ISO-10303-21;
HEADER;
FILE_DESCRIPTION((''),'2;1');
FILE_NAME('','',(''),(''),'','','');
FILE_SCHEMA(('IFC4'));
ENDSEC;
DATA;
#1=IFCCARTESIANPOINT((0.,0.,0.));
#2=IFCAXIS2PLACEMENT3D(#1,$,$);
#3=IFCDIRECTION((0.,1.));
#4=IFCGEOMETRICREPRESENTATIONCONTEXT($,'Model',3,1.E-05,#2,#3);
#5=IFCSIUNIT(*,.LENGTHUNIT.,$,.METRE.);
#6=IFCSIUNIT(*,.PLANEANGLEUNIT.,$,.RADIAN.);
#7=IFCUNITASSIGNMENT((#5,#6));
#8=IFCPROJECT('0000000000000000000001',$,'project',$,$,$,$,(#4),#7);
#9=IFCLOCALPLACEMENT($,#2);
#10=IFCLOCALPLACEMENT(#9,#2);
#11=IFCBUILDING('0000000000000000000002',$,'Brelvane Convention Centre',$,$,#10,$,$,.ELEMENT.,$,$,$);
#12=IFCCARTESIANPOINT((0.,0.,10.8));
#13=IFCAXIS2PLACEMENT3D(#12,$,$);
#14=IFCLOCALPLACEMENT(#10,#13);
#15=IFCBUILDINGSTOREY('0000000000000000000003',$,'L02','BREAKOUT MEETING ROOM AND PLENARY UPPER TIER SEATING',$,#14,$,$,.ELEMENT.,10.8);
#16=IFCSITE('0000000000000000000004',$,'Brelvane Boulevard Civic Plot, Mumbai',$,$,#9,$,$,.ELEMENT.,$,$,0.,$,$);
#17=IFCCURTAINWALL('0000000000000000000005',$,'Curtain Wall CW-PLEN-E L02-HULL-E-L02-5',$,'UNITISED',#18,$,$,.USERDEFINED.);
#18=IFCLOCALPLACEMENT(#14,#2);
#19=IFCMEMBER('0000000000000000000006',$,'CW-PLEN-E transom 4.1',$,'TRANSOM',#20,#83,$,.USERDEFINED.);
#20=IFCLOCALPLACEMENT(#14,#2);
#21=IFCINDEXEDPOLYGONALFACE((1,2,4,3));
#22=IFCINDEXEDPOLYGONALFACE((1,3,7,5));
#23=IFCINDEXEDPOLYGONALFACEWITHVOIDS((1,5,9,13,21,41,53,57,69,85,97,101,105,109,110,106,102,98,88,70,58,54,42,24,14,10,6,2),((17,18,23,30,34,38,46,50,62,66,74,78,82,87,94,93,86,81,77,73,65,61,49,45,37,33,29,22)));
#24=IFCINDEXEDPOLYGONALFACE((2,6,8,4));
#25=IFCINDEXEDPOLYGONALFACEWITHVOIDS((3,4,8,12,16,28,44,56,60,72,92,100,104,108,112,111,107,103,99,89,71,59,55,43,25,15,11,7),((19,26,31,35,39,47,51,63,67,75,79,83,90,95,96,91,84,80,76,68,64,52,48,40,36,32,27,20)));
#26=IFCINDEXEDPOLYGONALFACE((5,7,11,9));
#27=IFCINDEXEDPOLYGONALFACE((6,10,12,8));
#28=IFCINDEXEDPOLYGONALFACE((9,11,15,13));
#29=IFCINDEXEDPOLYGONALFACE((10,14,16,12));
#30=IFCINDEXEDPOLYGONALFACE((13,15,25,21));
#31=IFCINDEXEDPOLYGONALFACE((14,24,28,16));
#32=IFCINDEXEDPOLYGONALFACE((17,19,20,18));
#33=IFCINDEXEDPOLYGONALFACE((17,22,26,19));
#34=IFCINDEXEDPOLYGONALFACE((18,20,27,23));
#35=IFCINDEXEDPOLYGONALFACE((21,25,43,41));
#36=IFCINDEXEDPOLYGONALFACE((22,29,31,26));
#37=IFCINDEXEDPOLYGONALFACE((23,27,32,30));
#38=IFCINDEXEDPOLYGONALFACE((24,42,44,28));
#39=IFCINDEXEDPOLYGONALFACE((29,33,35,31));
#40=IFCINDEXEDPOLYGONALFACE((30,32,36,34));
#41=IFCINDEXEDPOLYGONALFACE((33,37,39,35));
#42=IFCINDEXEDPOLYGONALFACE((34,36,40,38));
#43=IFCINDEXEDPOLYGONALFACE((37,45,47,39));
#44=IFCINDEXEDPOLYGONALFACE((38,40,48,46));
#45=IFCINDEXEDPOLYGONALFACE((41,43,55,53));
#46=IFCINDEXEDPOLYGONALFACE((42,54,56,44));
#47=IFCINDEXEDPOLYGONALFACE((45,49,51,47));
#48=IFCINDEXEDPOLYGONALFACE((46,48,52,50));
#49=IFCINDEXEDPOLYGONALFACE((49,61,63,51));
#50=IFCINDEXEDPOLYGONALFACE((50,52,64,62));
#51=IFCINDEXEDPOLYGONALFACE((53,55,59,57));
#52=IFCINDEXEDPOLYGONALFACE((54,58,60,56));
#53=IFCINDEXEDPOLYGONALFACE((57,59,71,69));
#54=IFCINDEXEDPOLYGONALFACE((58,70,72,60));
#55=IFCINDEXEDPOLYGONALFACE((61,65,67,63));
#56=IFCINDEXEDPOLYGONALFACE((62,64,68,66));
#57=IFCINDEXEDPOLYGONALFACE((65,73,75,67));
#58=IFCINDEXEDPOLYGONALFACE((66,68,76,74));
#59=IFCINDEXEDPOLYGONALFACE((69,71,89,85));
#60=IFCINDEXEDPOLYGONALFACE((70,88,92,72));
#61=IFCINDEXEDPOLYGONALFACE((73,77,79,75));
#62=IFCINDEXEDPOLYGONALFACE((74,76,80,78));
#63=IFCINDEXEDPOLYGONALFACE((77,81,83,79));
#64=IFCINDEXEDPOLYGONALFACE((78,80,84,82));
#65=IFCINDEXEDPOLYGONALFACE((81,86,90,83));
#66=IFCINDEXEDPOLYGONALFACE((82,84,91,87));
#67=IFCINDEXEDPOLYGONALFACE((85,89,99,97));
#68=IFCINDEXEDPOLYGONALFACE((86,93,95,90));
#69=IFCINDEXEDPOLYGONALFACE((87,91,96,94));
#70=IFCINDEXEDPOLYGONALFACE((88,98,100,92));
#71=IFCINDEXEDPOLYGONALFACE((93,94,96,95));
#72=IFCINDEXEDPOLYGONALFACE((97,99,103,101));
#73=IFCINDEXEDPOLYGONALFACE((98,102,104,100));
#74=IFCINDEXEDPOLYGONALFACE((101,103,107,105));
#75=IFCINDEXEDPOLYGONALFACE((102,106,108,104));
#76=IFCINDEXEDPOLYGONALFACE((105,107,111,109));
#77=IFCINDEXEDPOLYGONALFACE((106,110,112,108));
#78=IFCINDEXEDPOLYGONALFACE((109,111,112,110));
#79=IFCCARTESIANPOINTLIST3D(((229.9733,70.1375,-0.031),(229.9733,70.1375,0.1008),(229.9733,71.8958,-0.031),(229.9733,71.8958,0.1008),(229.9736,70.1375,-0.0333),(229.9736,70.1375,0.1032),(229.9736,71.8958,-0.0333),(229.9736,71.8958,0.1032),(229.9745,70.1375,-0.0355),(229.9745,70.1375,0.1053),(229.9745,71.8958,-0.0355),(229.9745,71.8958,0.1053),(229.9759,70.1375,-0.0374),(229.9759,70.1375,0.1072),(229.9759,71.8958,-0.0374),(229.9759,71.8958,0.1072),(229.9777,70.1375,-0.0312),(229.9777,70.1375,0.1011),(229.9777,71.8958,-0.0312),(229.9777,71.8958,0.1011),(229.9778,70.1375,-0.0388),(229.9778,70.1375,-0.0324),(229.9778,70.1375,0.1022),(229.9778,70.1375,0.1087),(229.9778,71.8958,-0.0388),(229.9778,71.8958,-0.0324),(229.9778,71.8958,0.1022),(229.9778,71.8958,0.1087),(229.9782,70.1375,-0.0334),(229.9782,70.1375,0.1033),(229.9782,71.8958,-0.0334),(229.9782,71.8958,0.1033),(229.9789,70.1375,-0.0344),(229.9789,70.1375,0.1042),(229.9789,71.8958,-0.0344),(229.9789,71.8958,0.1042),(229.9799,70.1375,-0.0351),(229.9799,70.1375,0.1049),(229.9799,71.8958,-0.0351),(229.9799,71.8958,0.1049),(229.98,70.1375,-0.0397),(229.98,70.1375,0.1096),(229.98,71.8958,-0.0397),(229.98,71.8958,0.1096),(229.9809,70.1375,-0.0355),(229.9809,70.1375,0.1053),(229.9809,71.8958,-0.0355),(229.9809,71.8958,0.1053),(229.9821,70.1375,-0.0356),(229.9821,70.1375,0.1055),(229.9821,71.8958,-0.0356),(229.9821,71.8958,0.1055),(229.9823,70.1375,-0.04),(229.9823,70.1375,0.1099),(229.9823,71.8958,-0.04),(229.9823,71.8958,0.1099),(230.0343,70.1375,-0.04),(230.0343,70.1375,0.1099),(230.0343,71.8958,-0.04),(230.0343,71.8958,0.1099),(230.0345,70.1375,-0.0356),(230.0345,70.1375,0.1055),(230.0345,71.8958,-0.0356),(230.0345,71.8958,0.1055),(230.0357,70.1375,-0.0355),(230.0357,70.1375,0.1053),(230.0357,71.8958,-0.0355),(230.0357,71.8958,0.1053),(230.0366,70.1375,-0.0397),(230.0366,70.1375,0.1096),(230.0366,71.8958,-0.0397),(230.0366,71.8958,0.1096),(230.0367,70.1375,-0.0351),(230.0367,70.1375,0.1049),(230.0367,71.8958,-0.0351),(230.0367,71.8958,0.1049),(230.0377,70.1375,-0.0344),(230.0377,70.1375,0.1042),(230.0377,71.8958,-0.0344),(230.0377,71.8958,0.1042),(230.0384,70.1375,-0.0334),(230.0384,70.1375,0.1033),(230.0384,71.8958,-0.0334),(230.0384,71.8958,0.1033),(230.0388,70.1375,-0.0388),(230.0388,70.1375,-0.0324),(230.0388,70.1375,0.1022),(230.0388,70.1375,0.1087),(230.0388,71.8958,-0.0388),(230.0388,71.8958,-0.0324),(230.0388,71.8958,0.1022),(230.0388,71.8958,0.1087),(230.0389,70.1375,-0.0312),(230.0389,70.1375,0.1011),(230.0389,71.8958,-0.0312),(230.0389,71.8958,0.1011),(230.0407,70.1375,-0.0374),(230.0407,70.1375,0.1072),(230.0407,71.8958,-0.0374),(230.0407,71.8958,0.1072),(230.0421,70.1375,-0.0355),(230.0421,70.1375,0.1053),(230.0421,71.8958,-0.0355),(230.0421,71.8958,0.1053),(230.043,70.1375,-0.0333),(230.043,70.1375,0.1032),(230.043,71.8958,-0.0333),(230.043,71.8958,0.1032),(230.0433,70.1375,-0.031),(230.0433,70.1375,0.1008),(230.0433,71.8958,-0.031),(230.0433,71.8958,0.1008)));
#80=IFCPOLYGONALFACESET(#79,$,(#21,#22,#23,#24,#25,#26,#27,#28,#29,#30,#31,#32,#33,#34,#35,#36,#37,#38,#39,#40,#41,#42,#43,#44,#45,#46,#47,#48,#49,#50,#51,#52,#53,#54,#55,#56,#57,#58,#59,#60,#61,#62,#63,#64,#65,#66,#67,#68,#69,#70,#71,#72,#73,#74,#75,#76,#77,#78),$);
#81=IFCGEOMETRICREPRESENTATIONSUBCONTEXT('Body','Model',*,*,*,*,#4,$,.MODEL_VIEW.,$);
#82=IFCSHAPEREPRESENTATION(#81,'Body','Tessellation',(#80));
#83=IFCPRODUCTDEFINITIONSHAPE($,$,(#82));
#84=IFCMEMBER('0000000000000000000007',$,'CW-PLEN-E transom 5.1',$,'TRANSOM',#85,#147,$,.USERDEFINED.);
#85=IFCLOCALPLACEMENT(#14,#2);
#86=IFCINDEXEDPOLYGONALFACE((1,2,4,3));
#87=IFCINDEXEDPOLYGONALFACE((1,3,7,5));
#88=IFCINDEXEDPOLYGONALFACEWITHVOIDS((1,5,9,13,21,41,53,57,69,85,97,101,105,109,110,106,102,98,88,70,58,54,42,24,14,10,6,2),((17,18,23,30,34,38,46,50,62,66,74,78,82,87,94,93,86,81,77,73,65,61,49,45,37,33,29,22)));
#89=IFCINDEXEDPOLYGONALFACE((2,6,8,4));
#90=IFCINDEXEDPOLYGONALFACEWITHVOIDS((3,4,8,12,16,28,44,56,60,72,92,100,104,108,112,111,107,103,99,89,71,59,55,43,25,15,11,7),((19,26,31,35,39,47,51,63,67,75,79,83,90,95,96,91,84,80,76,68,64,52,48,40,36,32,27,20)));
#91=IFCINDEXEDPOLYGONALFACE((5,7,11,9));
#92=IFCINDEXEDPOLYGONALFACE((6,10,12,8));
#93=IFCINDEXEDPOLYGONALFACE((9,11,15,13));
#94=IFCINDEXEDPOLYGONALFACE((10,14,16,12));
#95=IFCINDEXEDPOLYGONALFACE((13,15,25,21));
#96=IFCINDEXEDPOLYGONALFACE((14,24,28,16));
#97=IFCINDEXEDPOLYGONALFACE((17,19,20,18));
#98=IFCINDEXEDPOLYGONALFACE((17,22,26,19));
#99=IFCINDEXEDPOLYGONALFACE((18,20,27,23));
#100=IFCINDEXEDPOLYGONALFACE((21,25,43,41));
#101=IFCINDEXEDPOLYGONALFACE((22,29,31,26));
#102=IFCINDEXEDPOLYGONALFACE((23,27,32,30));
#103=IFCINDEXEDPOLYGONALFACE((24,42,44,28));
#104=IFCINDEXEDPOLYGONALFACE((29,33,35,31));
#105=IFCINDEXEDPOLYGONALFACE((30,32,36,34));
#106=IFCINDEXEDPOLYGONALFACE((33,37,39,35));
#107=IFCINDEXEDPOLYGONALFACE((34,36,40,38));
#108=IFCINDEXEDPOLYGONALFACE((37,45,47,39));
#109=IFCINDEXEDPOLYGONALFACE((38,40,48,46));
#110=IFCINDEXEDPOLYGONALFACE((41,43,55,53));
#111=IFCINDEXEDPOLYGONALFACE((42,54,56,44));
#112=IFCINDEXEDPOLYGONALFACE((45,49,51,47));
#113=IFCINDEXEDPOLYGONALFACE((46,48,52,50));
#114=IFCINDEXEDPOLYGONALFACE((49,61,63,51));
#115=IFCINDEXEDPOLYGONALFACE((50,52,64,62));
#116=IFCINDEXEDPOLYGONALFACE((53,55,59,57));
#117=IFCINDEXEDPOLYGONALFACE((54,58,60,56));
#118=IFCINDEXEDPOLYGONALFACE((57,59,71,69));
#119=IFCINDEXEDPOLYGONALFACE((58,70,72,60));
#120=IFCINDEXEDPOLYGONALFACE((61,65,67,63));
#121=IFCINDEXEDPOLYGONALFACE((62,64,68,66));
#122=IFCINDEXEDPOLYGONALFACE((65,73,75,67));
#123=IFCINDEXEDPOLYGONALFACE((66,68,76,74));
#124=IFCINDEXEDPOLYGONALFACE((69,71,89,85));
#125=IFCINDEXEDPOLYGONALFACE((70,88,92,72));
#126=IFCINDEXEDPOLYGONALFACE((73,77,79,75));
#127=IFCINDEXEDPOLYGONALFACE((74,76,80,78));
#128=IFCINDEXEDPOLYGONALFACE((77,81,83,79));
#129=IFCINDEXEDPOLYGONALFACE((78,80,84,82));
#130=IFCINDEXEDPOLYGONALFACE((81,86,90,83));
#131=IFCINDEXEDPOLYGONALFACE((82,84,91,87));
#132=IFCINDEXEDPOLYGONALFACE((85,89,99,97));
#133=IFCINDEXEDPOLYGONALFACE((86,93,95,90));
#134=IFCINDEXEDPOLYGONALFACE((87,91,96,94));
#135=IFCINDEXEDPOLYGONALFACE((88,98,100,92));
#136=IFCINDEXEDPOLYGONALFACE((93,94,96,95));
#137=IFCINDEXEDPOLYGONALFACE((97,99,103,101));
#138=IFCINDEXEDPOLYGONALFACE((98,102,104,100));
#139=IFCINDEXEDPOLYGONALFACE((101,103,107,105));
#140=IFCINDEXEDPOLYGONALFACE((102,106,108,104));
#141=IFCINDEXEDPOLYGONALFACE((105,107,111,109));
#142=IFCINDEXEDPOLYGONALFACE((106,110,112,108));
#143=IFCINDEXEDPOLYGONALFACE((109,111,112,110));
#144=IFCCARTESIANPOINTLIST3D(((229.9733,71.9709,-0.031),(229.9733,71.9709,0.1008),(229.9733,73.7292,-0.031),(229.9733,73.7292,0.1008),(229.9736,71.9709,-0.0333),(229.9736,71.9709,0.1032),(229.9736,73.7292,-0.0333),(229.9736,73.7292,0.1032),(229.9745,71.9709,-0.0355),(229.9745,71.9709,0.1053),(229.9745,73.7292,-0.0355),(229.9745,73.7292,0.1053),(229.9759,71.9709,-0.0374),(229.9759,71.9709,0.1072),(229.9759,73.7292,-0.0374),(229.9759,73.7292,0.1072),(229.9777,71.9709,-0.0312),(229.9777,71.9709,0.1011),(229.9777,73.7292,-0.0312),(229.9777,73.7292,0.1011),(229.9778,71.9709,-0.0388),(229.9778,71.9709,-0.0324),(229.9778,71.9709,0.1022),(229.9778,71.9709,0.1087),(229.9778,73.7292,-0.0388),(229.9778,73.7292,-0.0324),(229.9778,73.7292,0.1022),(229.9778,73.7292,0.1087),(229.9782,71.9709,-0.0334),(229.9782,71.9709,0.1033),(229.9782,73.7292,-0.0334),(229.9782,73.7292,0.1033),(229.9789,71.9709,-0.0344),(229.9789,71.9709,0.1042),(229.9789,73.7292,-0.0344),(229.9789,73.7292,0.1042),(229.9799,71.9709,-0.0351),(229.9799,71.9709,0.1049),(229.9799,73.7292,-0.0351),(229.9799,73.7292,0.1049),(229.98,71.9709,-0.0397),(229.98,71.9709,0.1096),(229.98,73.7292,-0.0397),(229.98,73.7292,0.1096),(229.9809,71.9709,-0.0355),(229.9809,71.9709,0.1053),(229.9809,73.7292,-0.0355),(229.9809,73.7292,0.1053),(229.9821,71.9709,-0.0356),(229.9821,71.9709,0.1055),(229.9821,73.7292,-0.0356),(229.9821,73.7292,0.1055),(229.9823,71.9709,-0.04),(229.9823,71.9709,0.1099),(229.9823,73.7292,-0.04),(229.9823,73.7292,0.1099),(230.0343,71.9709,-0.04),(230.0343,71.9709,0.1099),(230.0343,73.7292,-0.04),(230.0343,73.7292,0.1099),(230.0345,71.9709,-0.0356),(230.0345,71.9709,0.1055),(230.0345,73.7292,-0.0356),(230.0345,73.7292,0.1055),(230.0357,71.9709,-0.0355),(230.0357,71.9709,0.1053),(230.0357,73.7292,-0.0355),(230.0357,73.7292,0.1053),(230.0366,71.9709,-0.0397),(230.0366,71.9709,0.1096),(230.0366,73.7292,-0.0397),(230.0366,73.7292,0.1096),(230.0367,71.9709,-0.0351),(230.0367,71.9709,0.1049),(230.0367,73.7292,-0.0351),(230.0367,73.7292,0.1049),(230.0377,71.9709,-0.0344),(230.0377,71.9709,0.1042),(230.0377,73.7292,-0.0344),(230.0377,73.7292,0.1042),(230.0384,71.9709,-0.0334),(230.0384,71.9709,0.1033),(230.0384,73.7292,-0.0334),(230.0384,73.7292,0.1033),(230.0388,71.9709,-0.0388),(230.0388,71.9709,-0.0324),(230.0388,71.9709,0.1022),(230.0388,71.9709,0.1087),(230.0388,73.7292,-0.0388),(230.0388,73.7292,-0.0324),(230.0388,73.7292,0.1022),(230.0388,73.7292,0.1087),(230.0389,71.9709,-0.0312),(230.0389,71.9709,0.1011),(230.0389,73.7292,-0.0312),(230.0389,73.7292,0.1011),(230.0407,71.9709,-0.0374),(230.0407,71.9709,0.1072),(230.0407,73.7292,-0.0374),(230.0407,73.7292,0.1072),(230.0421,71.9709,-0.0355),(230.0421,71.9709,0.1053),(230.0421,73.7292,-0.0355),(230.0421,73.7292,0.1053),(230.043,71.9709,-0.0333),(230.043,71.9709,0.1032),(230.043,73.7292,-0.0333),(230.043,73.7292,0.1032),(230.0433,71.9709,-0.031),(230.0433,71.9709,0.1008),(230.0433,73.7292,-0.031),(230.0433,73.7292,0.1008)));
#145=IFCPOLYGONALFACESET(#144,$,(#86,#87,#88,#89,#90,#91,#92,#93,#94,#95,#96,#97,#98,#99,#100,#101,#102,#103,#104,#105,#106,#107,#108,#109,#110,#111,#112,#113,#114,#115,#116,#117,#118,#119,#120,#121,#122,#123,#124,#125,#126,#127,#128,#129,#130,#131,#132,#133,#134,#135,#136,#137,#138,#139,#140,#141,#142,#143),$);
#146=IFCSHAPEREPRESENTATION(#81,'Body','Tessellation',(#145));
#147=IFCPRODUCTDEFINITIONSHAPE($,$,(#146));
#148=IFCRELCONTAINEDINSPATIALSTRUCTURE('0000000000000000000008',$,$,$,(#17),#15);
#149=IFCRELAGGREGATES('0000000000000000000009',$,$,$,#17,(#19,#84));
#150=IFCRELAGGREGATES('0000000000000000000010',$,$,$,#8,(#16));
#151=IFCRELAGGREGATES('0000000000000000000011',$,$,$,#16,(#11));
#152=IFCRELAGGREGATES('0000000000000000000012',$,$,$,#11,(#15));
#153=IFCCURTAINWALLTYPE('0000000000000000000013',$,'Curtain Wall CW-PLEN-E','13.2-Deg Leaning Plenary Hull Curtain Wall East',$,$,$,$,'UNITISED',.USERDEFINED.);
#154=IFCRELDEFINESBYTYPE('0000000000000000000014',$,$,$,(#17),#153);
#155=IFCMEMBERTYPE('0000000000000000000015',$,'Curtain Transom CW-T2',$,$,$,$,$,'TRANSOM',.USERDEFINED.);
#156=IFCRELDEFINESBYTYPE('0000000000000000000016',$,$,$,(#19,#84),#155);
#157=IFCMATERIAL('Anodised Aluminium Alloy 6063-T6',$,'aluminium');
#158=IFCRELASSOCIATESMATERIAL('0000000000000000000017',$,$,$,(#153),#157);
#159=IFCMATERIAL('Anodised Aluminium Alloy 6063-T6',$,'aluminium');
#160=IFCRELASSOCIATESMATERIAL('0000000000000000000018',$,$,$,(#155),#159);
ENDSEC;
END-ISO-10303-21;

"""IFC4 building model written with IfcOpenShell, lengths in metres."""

from ifc_helpers import new_model, si_unit, direction, frame, origin, origin_2d, place, context, subcontext, project, spatial, hollow_rectangle, extrude, material, material_profile, profile_set, type_object, element, aggregate, save


model = new_model("IFC4")

# Units and contexts
model_context = context("Model", 3, precision=1e-05, world=origin(), true_north=direction((0.0, 1.0)))
body_context = subcontext(model_context, "Body", "Model", "MODEL_VIEW")
ifc_project = project(units=[si_unit("LENGTHUNIT", "METRE"), si_unit("PLANEANGLEUNIT", "RADIAN")], contexts=[model_context])

# Site, building, storey
site_placement = place(None, origin())
site = spatial("IfcSite", under=ifc_project, at=site_placement, Name="Brelvane Boulevard Civic Plot, Mumbai", CompositionType="ELEMENT", RefElevation=0.0)
building_placement = place(site_placement, origin())
building = spatial("IfcBuilding", under=site, at=building_placement, Name="Brelvane Convention Centre", CompositionType="ELEMENT")
storey_placement = place(building_placement, frame((0.0, 0.0, 10.8)))
storey = spatial("IfcBuildingStorey", under=building, at=storey_placement, Name="L02", Description="BREAKOUT MEETING ROOM AND PLENARY UPPER TIER SEATING", CompositionType="ELEMENT", Elevation=10.8)

# Curtain wall
ifc_material_1 = material(Name="Anodised Aluminium Alloy 6063-T6", Category="aluminium")
curtain_wall_type = type_object("IfcCurtainWallType", Name="Curtain Wall CW-PLEN-E", Description="13.2-Deg Leaning Plenary Hull Curtain Wall East", ElementType="UNITISED", PredefinedType="USERDEFINED", material=ifc_material_1)
curtain_wall_1_placement = place(storey_placement, origin())
curtain_wall_1 = element("IfcCurtainWall", 1, at=curtain_wall_1_placement, inside=storey, type_object=curtain_wall_type, Name="Curtain Wall CW-PLEN-E L02-HULL-E-L02-5", ObjectType="UNITISED", PredefinedType="USERDEFINED")

# Members
ifc_material_2 = material(Name="Anodised Aluminium Alloy 6063-T6", Category="aluminium")
ifc_material_profile_1 = material_profile(ifc_material_2, hollow_rectangle(XDim=0.0701, YDim=0.1499, WallThickness=0.0044, InnerFilletRadius=0.0044, OuterFilletRadius=0.009, at=origin_2d()), Name="ALU-T 150x70x4.5")
ifc_profile_set_1 = profile_set([ifc_material_profile_1], Name="Anodised Aluminium Alloy 6063-T6")
member_type_1 = type_object("IfcMemberType", Name="Curtain Transom CW-T2", ElementType="TRANSOM", PredefinedType="USERDEFINED", material=ifc_profile_set_1)
member_1_placement = place(storey_placement, frame((230.0083, 70.1375, 0.0349), z_axis=(0.0, 1.0, 0.0), x_axis=(-1.0, 0.0, 0.0)))
member_1 = element("IfcMember", 2, at=member_1_placement, type_object=member_type_1, Name="CW-PLEN-E transom 4.1", ObjectType="TRANSOM", PredefinedType="USERDEFINED", context=body_context, shape_type="SweptSolid", body=[
    extrude(hollow_rectangle(XDim=0.0701, YDim=0.1499, WallThickness=0.0044, InnerFilletRadius=0.0044, OuterFilletRadius=0.009, at=origin_2d()), origin(), (0.0, 0.0, 1.0), 1.7583),
])
member_2_placement = place(storey_placement, frame((230.0083, 71.9709, 0.0349), z_axis=(0.0, 1.0, 0.0), x_axis=(-1.0, 0.0, 0.0)))
member_2 = element("IfcMember", 3, at=member_2_placement, type_object=member_type_1, Name="CW-PLEN-E transom 5.1", ObjectType="TRANSOM", PredefinedType="USERDEFINED", context=body_context, shape_type="SweptSolid", body=[
    extrude(hollow_rectangle(XDim=0.0701, YDim=0.1499, WallThickness=0.0044, InnerFilletRadius=0.0044, OuterFilletRadius=0.009, at=origin_2d()), origin(), (0.0, 0.0, 1.0), 1.7583),
])
aggregate(curtain_wall_1, [member_1, member_2])

save(model, "model.ifc")
